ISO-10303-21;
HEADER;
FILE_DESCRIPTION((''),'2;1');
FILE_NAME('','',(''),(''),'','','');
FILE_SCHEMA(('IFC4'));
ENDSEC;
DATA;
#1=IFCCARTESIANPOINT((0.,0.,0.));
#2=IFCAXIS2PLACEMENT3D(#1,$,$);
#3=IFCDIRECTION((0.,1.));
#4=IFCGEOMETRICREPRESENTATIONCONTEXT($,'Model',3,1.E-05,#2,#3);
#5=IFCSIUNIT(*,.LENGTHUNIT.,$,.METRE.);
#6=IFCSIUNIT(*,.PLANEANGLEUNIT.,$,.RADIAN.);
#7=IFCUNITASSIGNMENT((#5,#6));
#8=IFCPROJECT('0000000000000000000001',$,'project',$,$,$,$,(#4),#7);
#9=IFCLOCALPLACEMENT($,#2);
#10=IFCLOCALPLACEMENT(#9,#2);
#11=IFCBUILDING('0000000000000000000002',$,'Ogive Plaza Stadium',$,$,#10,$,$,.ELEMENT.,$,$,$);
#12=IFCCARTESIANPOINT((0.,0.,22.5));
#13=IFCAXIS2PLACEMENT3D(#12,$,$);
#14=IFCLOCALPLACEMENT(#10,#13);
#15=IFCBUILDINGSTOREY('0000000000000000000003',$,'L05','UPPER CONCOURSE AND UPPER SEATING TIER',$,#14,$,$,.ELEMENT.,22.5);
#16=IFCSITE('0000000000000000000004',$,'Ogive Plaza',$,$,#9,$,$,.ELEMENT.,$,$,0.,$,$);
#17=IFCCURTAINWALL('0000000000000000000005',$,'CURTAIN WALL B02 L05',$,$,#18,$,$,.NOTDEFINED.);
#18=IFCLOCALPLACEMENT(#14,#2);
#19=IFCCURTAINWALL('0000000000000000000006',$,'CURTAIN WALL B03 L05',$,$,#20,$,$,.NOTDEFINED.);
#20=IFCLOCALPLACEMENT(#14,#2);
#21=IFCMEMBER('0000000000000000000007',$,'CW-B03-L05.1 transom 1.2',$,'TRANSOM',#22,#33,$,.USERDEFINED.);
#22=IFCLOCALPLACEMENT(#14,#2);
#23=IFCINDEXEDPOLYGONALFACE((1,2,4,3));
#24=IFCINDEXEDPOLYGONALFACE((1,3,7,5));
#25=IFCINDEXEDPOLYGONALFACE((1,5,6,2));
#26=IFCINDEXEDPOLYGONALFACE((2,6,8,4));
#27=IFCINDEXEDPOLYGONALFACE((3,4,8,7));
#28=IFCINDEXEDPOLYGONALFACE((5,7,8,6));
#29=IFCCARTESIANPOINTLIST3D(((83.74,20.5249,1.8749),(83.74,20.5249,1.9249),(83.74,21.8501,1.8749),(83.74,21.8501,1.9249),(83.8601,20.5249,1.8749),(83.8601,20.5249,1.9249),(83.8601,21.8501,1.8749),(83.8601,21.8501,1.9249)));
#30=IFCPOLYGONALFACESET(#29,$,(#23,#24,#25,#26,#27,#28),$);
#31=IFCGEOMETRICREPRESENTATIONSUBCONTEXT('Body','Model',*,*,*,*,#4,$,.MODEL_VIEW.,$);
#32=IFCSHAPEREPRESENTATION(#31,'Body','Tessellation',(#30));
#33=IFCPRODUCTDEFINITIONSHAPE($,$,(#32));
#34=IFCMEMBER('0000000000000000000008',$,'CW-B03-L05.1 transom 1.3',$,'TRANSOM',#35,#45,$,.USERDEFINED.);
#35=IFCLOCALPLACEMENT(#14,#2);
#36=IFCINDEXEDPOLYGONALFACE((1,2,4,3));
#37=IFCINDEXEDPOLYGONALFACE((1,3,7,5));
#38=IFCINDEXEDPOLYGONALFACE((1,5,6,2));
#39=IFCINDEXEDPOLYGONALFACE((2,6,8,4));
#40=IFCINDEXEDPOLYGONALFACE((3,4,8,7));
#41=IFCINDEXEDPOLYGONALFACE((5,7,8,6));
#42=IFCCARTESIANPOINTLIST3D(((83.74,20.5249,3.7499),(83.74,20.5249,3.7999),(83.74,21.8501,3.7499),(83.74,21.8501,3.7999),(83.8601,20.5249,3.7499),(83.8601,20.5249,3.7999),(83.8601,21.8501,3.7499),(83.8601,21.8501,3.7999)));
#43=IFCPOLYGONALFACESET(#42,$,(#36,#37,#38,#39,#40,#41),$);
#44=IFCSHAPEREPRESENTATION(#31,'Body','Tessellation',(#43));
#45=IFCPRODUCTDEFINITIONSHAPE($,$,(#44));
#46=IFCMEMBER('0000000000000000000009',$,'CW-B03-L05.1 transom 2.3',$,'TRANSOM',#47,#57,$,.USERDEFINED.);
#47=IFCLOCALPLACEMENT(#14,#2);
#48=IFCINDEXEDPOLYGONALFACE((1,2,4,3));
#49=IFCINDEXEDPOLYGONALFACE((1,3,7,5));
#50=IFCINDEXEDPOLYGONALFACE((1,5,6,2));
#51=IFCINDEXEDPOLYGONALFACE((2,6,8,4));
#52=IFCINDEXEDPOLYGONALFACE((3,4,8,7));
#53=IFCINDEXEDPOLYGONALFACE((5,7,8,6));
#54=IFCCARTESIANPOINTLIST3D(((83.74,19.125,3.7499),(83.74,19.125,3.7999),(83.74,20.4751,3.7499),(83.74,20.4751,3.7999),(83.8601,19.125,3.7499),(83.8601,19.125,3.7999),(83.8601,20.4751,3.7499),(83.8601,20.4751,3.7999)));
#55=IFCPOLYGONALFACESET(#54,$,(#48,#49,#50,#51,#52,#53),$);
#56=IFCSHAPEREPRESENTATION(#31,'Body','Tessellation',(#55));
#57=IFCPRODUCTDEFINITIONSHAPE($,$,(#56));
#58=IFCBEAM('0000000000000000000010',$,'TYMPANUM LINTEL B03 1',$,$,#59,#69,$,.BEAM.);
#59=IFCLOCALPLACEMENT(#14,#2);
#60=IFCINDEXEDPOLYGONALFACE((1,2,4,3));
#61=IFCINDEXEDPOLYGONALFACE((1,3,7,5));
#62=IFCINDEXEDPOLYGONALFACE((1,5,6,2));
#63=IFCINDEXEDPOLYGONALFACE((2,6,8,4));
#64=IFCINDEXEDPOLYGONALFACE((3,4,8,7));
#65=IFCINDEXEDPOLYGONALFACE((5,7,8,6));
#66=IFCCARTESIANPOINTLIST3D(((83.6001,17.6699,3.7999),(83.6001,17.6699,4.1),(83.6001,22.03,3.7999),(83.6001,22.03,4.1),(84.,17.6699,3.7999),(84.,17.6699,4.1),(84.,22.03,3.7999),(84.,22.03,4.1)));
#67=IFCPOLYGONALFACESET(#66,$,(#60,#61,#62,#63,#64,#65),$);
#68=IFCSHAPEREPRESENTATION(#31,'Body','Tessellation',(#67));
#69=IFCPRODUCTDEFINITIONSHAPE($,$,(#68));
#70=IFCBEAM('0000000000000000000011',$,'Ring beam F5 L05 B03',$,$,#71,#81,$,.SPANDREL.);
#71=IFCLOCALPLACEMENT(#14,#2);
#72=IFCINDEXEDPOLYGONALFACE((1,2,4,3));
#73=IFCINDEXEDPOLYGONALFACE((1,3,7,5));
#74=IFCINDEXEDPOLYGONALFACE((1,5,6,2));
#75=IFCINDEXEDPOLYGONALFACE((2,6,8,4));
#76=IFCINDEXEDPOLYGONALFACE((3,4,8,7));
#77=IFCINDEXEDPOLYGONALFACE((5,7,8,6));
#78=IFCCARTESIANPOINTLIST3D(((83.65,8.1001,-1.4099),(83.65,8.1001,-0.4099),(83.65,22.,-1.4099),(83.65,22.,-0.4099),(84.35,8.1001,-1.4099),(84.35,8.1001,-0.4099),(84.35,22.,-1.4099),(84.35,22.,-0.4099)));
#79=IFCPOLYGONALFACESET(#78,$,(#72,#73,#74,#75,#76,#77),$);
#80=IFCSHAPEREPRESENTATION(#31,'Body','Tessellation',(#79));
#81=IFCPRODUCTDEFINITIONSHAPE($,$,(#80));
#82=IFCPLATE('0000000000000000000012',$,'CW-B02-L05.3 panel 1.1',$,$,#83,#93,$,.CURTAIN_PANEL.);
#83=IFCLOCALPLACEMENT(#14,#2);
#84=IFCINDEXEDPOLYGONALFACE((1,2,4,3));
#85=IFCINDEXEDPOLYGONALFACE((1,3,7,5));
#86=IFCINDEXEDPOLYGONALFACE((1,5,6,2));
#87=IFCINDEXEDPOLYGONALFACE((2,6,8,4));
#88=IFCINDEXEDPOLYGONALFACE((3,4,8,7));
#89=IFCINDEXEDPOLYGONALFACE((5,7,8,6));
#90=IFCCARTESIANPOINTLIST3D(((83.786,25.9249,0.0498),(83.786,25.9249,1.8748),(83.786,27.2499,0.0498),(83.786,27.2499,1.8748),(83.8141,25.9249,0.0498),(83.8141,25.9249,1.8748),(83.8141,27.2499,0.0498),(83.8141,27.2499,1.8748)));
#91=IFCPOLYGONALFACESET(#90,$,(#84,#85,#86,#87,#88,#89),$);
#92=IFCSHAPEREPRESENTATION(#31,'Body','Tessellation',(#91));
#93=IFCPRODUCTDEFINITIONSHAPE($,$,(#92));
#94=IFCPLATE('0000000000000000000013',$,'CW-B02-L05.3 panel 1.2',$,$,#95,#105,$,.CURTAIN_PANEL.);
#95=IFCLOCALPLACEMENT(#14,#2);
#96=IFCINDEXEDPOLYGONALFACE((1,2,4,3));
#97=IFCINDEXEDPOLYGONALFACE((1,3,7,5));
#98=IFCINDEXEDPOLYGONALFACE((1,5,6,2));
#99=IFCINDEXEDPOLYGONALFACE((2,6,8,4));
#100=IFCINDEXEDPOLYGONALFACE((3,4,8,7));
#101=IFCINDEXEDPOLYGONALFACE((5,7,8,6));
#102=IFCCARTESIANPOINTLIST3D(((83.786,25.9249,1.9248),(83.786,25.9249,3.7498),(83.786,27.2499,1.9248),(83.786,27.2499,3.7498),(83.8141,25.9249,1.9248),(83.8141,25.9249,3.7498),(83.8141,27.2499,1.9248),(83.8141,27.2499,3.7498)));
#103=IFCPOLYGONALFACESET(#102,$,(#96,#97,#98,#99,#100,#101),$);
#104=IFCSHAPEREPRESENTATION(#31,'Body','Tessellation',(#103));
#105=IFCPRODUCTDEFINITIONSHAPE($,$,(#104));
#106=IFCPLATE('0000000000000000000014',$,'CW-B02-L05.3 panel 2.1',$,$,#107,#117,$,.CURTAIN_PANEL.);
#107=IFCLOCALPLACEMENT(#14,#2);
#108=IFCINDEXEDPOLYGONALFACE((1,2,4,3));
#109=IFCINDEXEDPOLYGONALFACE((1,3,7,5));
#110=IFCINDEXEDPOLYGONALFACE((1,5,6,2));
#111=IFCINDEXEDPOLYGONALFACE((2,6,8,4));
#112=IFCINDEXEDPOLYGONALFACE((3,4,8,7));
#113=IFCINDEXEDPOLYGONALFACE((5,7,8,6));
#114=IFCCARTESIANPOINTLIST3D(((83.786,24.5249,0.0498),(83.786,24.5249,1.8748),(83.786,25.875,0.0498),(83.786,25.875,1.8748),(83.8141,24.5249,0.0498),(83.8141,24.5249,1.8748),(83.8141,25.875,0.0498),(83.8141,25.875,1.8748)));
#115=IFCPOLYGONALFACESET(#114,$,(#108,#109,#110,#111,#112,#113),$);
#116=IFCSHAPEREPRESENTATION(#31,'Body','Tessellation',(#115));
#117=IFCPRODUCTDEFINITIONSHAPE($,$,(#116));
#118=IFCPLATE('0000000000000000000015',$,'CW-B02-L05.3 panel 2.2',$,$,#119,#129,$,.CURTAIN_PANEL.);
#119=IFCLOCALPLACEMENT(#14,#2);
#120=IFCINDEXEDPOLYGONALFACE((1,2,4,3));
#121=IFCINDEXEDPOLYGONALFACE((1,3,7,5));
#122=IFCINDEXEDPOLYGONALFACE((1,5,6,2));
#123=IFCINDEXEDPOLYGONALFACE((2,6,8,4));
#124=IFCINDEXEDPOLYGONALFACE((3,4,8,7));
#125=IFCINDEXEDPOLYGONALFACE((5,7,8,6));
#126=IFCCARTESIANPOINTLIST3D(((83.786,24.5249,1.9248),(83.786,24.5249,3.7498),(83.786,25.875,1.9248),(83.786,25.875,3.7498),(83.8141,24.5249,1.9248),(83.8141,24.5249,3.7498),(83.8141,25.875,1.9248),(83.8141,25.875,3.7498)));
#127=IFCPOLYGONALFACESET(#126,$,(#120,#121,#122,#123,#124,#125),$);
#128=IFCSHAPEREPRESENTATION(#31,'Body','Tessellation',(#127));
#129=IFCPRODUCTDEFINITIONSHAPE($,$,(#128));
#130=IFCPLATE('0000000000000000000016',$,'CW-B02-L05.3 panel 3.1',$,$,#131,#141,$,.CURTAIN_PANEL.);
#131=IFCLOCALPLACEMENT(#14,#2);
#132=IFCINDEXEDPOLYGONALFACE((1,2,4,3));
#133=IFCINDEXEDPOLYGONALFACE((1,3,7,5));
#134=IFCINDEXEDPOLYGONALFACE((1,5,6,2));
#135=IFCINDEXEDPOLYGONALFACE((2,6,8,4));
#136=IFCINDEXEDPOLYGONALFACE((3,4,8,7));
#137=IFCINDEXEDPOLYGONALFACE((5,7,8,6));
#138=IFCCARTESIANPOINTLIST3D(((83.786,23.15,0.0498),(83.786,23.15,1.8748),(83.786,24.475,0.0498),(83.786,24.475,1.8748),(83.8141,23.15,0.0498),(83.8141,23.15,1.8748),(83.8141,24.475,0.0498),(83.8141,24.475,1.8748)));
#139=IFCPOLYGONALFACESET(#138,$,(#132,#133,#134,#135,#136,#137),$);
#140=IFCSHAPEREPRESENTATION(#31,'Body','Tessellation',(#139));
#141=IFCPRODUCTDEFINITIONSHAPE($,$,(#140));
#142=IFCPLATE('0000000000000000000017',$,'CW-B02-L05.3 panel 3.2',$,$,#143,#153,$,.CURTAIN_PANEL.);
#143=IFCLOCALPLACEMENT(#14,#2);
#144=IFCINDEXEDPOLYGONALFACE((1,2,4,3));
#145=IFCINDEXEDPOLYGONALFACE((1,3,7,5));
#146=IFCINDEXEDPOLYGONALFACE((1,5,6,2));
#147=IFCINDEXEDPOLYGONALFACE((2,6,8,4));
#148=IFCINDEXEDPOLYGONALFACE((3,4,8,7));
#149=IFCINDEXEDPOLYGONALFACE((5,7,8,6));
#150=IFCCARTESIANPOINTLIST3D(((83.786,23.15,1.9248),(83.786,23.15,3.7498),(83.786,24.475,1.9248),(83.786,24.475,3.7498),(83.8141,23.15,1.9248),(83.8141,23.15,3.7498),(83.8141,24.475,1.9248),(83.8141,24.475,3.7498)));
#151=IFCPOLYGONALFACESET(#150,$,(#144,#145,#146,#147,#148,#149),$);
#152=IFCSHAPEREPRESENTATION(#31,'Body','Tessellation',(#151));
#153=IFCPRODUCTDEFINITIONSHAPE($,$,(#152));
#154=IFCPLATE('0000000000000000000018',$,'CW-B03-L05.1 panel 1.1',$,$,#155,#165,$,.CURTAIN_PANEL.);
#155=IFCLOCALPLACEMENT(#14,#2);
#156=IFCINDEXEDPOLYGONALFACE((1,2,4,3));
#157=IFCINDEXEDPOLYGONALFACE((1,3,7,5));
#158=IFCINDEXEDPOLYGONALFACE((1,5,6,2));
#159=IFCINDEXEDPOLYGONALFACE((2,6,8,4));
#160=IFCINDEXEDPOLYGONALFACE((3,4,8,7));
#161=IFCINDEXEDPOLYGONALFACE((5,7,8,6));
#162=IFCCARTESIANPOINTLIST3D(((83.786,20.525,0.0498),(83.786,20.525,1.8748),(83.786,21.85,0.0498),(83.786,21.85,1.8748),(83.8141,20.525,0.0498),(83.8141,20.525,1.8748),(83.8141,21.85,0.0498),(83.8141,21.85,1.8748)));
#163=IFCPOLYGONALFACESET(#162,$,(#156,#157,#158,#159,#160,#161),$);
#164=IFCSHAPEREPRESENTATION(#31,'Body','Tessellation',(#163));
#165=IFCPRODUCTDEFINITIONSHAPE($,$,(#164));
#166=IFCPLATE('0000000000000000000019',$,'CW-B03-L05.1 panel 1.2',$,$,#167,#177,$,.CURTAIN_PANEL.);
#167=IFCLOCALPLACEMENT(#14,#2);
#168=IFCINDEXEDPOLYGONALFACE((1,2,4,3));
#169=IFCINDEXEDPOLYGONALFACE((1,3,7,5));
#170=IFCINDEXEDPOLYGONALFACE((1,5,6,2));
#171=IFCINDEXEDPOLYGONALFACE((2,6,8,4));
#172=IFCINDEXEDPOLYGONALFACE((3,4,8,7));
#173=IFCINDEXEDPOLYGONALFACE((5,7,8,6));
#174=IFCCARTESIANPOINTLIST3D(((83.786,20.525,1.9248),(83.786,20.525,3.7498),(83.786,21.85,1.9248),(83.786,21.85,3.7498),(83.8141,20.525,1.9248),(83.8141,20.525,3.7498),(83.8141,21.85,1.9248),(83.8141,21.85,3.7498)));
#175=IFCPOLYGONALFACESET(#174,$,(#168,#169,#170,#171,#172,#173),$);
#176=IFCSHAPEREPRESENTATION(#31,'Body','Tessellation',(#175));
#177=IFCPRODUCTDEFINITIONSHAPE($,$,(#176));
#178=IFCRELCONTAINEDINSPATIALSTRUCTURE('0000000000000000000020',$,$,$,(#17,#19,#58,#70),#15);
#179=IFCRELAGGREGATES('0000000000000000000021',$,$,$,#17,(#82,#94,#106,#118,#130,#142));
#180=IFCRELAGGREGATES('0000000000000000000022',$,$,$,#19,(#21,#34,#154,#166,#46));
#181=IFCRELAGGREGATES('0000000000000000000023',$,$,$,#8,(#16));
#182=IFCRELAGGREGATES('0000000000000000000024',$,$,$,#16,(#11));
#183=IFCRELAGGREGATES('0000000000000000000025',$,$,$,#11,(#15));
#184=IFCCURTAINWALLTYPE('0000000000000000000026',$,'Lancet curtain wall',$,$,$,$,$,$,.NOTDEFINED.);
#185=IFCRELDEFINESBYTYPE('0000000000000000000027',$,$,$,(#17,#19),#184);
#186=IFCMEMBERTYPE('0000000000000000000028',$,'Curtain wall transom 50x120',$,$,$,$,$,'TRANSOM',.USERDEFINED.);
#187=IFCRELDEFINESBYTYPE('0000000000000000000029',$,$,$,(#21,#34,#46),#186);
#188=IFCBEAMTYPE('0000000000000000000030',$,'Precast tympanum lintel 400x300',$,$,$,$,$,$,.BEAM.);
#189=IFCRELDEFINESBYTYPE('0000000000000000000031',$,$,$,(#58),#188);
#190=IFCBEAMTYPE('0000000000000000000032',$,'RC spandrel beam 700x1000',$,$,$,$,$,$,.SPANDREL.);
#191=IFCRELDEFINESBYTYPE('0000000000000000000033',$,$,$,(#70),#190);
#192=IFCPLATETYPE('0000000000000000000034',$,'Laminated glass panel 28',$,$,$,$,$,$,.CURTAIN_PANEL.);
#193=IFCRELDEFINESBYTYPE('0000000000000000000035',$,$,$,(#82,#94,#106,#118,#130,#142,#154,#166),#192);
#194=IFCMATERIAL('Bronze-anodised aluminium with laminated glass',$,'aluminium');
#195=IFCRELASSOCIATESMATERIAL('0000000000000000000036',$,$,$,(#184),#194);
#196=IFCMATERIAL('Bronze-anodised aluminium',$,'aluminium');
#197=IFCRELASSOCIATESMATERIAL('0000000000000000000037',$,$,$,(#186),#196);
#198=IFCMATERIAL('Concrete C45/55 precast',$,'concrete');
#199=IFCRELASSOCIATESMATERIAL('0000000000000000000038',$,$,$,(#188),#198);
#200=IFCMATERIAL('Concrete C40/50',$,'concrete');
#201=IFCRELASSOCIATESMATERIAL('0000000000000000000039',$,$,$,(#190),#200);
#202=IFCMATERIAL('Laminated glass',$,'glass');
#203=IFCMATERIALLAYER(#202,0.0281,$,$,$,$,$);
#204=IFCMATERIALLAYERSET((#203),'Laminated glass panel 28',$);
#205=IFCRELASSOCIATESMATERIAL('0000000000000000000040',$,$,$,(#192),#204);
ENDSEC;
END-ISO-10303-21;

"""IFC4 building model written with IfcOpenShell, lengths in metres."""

from ifc_helpers import new_model, si_unit, direction, frame, origin, origin_2d, place, context, subcontext, project, spatial, rectangle, extrude, material, layer, layer_set, material_profile, profile_set, type_object, element, aggregate, save


model = new_model("IFC4")

# Units and contexts
model_context = context("Model", 3, precision=1e-05, world=origin(), true_north=direction((0.0, 1.0)))
body_context = subcontext(model_context, "Body", "Model", "MODEL_VIEW")
ifc_project = project(units=[si_unit("LENGTHUNIT", "METRE"), si_unit("PLANEANGLEUNIT", "RADIAN")], contexts=[model_context])

# Site, building, storey
site_placement = place(None, origin())
site = spatial("IfcSite", under=ifc_project, at=site_placement, Name="Ogive Plaza", CompositionType="ELEMENT", RefElevation=0.0)
building_placement = place(site_placement, origin())
building = spatial("IfcBuilding", under=site, at=building_placement, Name="Ogive Plaza Stadium", CompositionType="ELEMENT")
storey_placement = place(building_placement, frame((0.0, 0.0, 22.5)))
storey = spatial("IfcBuildingStorey", under=building, at=storey_placement, Name="L05", Description="UPPER CONCOURSE AND UPPER SEATING TIER", CompositionType="ELEMENT", Elevation=22.5)

# Curtain walls
ifc_material_1 = material(Name="Bronze-anodised aluminium with laminated glass", Category="aluminium")
curtain_wall_type = type_object("IfcCurtainWallType", Name="Lancet curtain wall", PredefinedType="NOTDEFINED", material=ifc_material_1)
curtain_wall_1_placement = place(storey_placement, origin())
curtain_wall_1 = element("IfcCurtainWall", 1, at=curtain_wall_1_placement, inside=storey, type_object=curtain_wall_type, Name="CURTAIN WALL B02 L05", PredefinedType="NOTDEFINED")
curtain_wall_2_placement = place(storey_placement, origin())
curtain_wall_2 = element("IfcCurtainWall", 2, at=curtain_wall_2_placement, inside=storey, type_object=curtain_wall_type, Name="CURTAIN WALL B03 L05", PredefinedType="NOTDEFINED")

# Members
ifc_material_2 = material(Name="Bronze-anodised aluminium", Category="aluminium")
ifc_material_profile_1 = material_profile(ifc_material_2, rectangle(XDim=0.1201, YDim=0.05, at=origin_2d()), Name="AL 120x50")
ifc_profile_set_1 = profile_set([ifc_material_profile_1], Name="Bronze-anodised aluminium")
member_type_1 = type_object("IfcMemberType", Name="Curtain wall transom 50x120", ElementType="TRANSOM", PredefinedType="USERDEFINED", material=ifc_profile_set_1)
member_1_placement = place(storey_placement, frame((83.8, 21.8501, 1.8999), z_axis=(0.0, -1.0, 0.0), x_axis=(1.0, 0.0, 0.0)))
member_1 = element("IfcMember", 3, at=member_1_placement, type_object=member_type_1, Name="CW-B03-L05.1 transom 1.2", ObjectType="TRANSOM", PredefinedType="USERDEFINED", context=body_context, shape_type="SweptSolid", body=[
    extrude(rectangle(XDim=0.1201, YDim=0.05, at=origin_2d()), origin(), (0.0, 0.0, 1.0), 1.3252),
])
member_2_placement = place(storey_placement, frame((83.8, 21.8501, 3.7749), z_axis=(0.0, -1.0, 0.0), x_axis=(1.0, 0.0, 0.0)))
member_2 = element("IfcMember", 4, at=member_2_placement, type_object=member_type_1, Name="CW-B03-L05.1 transom 1.3", ObjectType="TRANSOM", PredefinedType="USERDEFINED", context=body_context, shape_type="SweptSolid", body=[
    extrude(rectangle(XDim=0.1201, YDim=0.05, at=origin_2d()), origin(), (0.0, 0.0, 1.0), 1.3252),
])
member_3_placement = place(storey_placement, frame((83.8, 20.4751, 3.7749), z_axis=(0.0, -1.0, 0.0), x_axis=(1.0, 0.0, 0.0)))
member_3 = element("IfcMember", 5, at=member_3_placement, type_object=member_type_1, Name="CW-B03-L05.1 transom 2.3", ObjectType="TRANSOM", PredefinedType="USERDEFINED", context=body_context, shape_type="SweptSolid", body=[
    extrude(rectangle(XDim=0.1201, YDim=0.05, at=origin_2d()), origin(), (0.0, 0.0, 1.0), 1.3501),
])

# Beams
ifc_material_3 = material(Name="Concrete C45/55 precast", Category="concrete")
ifc_material_profile_2 = material_profile(ifc_material_3, rectangle(XDim=0.3999, YDim=0.3, at=origin_2d()), Name="RC 400x300")
ifc_profile_set_2 = profile_set([ifc_material_profile_2], Name="Concrete C45/55 precast")
beam_type_1 = type_object("IfcBeamType", Name="Precast tympanum lintel 400x300", PredefinedType="BEAM", material=ifc_profile_set_2)
beam_1_placement = place(storey_placement, frame((83.8, 22.03, 3.95), z_axis=(0.0, -1.0, 0.0), x_axis=(1.0, 0.0, 0.0)))
element("IfcBeam", 6, at=beam_1_placement, inside=storey, type_object=beam_type_1, Name="TYMPANUM LINTEL B03 1", PredefinedType="BEAM", context=body_context, shape_type="SweptSolid", body=[
    extrude(rectangle(XDim=0.3999, YDim=0.3, at=origin_2d()), origin(), (0.0, 0.0, 1.0), 4.3601),
])
ifc_material_4 = material(Name="Concrete C40/50", Category="concrete")
ifc_material_profile_3 = material_profile(ifc_material_4, rectangle(XDim=0.7, YDim=1.0, at=origin_2d()), Name="RC 700x1000")
ifc_profile_set_3 = profile_set([ifc_material_profile_3], Name="Concrete C40/50")
beam_type_2 = type_object("IfcBeamType", Name="RC spandrel beam 700x1000", PredefinedType="SPANDREL", material=ifc_profile_set_3)
beam_2_placement = place(storey_placement, frame((84.0, 22.0, -0.9099), z_axis=(0.0, -1.0, 0.0), x_axis=(1.0, 0.0, 0.0)))
element("IfcBeam", 7, at=beam_2_placement, inside=storey, type_object=beam_type_2, Name="Ring beam F5 L05 B03", PredefinedType="SPANDREL", context=body_context, shape_type="SweptSolid", body=[
    extrude(rectangle(XDim=0.7, YDim=1.0, at=origin_2d()), origin(), (0.0, 0.0, 1.0), 13.8999),
])

# Plates
ifc_material_5 = material(Name="Laminated glass", Category="glass")
ifc_layer_1 = layer(ifc_material_5, 0.0281)
ifc_layer_set_1 = layer_set([ifc_layer_1], Name="Laminated glass panel 28")
plate_type = type_object("IfcPlateType", Name="Laminated glass panel 28", PredefinedType="CURTAIN_PANEL", material=ifc_layer_set_1)
plate_1_placement = place(storey_placement, frame((83.8, 26.5874, 0.0498), z_axis=(0.0, 0.0, 1.0), x_axis=(0.0, -1.0, 0.0)))
plate_1 = element("IfcPlate", 8, at=plate_1_placement, type_object=plate_type, Name="CW-B02-L05.3 panel 1.1", PredefinedType="CURTAIN_PANEL", context=body_context, shape_type="SweptSolid", body=[
    extrude(rectangle(XDim=1.325, YDim=0.0281, at=origin_2d()), origin(), (0.0, 0.0, 1.0), 1.825),
])
plate_2_placement = place(storey_placement, frame((83.8, 26.5874, 1.9248), z_axis=(0.0, 0.0, 1.0), x_axis=(0.0, -1.0, 0.0)))
plate_2 = element("IfcPlate", 9, at=plate_2_placement, type_object=plate_type, Name="CW-B02-L05.3 panel 1.2", PredefinedType="CURTAIN_PANEL", context=body_context, shape_type="SweptSolid", body=[
    extrude(rectangle(XDim=1.325, YDim=0.0281, at=origin_2d()), origin(), (0.0, 0.0, 1.0), 1.825),
])
plate_3_placement = place(storey_placement, frame((83.8, 25.2, 0.0498), z_axis=(0.0, 0.0, 1.0), x_axis=(0.0, -1.0, 0.0)))
plate_3 = element("IfcPlate", 10, at=plate_3_placement, type_object=plate_type, Name="CW-B02-L05.3 panel 2.1", PredefinedType="CURTAIN_PANEL", context=body_context, shape_type="SweptSolid", body=[
    extrude(rectangle(XDim=1.3501, YDim=0.0281, at=origin_2d()), origin(), (0.0, 0.0, 1.0), 1.825),
])
plate_4_placement = place(storey_placement, frame((83.8, 25.2, 1.9248), z_axis=(0.0, 0.0, 1.0), x_axis=(0.0, -1.0, 0.0)))
plate_4 = element("IfcPlate", 11, at=plate_4_placement, type_object=plate_type, Name="CW-B02-L05.3 panel 2.2", PredefinedType="CURTAIN_PANEL", context=body_context, shape_type="SweptSolid", body=[
    extrude(rectangle(XDim=1.3501, YDim=0.0281, at=origin_2d()), origin(), (0.0, 0.0, 1.0), 1.825),
])
plate_5_placement = place(storey_placement, frame((83.8, 23.8125, 0.0498), z_axis=(0.0, 0.0, 1.0), x_axis=(0.0, -1.0, 0.0)))
plate_5 = element("IfcPlate", 12, at=plate_5_placement, type_object=plate_type, Name="CW-B02-L05.3 panel 3.1", PredefinedType="CURTAIN_PANEL", context=body_context, shape_type="SweptSolid", body=[
    extrude(rectangle(XDim=1.325, YDim=0.0281, at=origin_2d()), origin(), (0.0, 0.0, 1.0), 1.825),
])
plate_6_placement = place(storey_placement, frame((83.8, 23.8125, 1.9248), z_axis=(0.0, 0.0, 1.0), x_axis=(0.0, -1.0, 0.0)))
plate_6 = element("IfcPlate", 13, at=plate_6_placement, type_object=plate_type, Name="CW-B02-L05.3 panel 3.2", PredefinedType="CURTAIN_PANEL", context=body_context, shape_type="SweptSolid", body=[
    extrude(rectangle(XDim=1.325, YDim=0.0281, at=origin_2d()), origin(), (0.0, 0.0, 1.0), 1.825),
])
aggregate(curtain_wall_1, [plate_1, plate_2, plate_3, plate_4, plate_5, plate_6])
plate_7_placement = place(storey_placement, frame((83.8, 21.1875, 0.0498), z_axis=(0.0, 0.0, 1.0), x_axis=(0.0, -1.0, 0.0)))
plate_7 = element("IfcPlate", 14, at=plate_7_placement, type_object=plate_type, Name="CW-B03-L05.1 panel 1.1", PredefinedType="CURTAIN_PANEL", context=body_context, shape_type="SweptSolid", body=[
    extrude(rectangle(XDim=1.325, YDim=0.0281, at=origin_2d()), origin(), (0.0, 0.0, 1.0), 1.825),
])
plate_8_placement = place(storey_placement, frame((83.8, 21.1875, 1.9248), z_axis=(0.0, 0.0, 1.0), x_axis=(0.0, -1.0, 0.0)))
plate_8 = element("IfcPlate", 15, at=plate_8_placement, type_object=plate_type, Name="CW-B03-L05.1 panel 1.2", PredefinedType="CURTAIN_PANEL", context=body_context, shape_type="SweptSolid", body=[
    extrude(rectangle(XDim=1.325, YDim=0.0281, at=origin_2d()), origin(), (0.0, 0.0, 1.0), 1.825),
])
aggregate(curtain_wall_2, [member_1, member_2, plate_7, plate_8, member_3])

save(model, "model.ifc")
